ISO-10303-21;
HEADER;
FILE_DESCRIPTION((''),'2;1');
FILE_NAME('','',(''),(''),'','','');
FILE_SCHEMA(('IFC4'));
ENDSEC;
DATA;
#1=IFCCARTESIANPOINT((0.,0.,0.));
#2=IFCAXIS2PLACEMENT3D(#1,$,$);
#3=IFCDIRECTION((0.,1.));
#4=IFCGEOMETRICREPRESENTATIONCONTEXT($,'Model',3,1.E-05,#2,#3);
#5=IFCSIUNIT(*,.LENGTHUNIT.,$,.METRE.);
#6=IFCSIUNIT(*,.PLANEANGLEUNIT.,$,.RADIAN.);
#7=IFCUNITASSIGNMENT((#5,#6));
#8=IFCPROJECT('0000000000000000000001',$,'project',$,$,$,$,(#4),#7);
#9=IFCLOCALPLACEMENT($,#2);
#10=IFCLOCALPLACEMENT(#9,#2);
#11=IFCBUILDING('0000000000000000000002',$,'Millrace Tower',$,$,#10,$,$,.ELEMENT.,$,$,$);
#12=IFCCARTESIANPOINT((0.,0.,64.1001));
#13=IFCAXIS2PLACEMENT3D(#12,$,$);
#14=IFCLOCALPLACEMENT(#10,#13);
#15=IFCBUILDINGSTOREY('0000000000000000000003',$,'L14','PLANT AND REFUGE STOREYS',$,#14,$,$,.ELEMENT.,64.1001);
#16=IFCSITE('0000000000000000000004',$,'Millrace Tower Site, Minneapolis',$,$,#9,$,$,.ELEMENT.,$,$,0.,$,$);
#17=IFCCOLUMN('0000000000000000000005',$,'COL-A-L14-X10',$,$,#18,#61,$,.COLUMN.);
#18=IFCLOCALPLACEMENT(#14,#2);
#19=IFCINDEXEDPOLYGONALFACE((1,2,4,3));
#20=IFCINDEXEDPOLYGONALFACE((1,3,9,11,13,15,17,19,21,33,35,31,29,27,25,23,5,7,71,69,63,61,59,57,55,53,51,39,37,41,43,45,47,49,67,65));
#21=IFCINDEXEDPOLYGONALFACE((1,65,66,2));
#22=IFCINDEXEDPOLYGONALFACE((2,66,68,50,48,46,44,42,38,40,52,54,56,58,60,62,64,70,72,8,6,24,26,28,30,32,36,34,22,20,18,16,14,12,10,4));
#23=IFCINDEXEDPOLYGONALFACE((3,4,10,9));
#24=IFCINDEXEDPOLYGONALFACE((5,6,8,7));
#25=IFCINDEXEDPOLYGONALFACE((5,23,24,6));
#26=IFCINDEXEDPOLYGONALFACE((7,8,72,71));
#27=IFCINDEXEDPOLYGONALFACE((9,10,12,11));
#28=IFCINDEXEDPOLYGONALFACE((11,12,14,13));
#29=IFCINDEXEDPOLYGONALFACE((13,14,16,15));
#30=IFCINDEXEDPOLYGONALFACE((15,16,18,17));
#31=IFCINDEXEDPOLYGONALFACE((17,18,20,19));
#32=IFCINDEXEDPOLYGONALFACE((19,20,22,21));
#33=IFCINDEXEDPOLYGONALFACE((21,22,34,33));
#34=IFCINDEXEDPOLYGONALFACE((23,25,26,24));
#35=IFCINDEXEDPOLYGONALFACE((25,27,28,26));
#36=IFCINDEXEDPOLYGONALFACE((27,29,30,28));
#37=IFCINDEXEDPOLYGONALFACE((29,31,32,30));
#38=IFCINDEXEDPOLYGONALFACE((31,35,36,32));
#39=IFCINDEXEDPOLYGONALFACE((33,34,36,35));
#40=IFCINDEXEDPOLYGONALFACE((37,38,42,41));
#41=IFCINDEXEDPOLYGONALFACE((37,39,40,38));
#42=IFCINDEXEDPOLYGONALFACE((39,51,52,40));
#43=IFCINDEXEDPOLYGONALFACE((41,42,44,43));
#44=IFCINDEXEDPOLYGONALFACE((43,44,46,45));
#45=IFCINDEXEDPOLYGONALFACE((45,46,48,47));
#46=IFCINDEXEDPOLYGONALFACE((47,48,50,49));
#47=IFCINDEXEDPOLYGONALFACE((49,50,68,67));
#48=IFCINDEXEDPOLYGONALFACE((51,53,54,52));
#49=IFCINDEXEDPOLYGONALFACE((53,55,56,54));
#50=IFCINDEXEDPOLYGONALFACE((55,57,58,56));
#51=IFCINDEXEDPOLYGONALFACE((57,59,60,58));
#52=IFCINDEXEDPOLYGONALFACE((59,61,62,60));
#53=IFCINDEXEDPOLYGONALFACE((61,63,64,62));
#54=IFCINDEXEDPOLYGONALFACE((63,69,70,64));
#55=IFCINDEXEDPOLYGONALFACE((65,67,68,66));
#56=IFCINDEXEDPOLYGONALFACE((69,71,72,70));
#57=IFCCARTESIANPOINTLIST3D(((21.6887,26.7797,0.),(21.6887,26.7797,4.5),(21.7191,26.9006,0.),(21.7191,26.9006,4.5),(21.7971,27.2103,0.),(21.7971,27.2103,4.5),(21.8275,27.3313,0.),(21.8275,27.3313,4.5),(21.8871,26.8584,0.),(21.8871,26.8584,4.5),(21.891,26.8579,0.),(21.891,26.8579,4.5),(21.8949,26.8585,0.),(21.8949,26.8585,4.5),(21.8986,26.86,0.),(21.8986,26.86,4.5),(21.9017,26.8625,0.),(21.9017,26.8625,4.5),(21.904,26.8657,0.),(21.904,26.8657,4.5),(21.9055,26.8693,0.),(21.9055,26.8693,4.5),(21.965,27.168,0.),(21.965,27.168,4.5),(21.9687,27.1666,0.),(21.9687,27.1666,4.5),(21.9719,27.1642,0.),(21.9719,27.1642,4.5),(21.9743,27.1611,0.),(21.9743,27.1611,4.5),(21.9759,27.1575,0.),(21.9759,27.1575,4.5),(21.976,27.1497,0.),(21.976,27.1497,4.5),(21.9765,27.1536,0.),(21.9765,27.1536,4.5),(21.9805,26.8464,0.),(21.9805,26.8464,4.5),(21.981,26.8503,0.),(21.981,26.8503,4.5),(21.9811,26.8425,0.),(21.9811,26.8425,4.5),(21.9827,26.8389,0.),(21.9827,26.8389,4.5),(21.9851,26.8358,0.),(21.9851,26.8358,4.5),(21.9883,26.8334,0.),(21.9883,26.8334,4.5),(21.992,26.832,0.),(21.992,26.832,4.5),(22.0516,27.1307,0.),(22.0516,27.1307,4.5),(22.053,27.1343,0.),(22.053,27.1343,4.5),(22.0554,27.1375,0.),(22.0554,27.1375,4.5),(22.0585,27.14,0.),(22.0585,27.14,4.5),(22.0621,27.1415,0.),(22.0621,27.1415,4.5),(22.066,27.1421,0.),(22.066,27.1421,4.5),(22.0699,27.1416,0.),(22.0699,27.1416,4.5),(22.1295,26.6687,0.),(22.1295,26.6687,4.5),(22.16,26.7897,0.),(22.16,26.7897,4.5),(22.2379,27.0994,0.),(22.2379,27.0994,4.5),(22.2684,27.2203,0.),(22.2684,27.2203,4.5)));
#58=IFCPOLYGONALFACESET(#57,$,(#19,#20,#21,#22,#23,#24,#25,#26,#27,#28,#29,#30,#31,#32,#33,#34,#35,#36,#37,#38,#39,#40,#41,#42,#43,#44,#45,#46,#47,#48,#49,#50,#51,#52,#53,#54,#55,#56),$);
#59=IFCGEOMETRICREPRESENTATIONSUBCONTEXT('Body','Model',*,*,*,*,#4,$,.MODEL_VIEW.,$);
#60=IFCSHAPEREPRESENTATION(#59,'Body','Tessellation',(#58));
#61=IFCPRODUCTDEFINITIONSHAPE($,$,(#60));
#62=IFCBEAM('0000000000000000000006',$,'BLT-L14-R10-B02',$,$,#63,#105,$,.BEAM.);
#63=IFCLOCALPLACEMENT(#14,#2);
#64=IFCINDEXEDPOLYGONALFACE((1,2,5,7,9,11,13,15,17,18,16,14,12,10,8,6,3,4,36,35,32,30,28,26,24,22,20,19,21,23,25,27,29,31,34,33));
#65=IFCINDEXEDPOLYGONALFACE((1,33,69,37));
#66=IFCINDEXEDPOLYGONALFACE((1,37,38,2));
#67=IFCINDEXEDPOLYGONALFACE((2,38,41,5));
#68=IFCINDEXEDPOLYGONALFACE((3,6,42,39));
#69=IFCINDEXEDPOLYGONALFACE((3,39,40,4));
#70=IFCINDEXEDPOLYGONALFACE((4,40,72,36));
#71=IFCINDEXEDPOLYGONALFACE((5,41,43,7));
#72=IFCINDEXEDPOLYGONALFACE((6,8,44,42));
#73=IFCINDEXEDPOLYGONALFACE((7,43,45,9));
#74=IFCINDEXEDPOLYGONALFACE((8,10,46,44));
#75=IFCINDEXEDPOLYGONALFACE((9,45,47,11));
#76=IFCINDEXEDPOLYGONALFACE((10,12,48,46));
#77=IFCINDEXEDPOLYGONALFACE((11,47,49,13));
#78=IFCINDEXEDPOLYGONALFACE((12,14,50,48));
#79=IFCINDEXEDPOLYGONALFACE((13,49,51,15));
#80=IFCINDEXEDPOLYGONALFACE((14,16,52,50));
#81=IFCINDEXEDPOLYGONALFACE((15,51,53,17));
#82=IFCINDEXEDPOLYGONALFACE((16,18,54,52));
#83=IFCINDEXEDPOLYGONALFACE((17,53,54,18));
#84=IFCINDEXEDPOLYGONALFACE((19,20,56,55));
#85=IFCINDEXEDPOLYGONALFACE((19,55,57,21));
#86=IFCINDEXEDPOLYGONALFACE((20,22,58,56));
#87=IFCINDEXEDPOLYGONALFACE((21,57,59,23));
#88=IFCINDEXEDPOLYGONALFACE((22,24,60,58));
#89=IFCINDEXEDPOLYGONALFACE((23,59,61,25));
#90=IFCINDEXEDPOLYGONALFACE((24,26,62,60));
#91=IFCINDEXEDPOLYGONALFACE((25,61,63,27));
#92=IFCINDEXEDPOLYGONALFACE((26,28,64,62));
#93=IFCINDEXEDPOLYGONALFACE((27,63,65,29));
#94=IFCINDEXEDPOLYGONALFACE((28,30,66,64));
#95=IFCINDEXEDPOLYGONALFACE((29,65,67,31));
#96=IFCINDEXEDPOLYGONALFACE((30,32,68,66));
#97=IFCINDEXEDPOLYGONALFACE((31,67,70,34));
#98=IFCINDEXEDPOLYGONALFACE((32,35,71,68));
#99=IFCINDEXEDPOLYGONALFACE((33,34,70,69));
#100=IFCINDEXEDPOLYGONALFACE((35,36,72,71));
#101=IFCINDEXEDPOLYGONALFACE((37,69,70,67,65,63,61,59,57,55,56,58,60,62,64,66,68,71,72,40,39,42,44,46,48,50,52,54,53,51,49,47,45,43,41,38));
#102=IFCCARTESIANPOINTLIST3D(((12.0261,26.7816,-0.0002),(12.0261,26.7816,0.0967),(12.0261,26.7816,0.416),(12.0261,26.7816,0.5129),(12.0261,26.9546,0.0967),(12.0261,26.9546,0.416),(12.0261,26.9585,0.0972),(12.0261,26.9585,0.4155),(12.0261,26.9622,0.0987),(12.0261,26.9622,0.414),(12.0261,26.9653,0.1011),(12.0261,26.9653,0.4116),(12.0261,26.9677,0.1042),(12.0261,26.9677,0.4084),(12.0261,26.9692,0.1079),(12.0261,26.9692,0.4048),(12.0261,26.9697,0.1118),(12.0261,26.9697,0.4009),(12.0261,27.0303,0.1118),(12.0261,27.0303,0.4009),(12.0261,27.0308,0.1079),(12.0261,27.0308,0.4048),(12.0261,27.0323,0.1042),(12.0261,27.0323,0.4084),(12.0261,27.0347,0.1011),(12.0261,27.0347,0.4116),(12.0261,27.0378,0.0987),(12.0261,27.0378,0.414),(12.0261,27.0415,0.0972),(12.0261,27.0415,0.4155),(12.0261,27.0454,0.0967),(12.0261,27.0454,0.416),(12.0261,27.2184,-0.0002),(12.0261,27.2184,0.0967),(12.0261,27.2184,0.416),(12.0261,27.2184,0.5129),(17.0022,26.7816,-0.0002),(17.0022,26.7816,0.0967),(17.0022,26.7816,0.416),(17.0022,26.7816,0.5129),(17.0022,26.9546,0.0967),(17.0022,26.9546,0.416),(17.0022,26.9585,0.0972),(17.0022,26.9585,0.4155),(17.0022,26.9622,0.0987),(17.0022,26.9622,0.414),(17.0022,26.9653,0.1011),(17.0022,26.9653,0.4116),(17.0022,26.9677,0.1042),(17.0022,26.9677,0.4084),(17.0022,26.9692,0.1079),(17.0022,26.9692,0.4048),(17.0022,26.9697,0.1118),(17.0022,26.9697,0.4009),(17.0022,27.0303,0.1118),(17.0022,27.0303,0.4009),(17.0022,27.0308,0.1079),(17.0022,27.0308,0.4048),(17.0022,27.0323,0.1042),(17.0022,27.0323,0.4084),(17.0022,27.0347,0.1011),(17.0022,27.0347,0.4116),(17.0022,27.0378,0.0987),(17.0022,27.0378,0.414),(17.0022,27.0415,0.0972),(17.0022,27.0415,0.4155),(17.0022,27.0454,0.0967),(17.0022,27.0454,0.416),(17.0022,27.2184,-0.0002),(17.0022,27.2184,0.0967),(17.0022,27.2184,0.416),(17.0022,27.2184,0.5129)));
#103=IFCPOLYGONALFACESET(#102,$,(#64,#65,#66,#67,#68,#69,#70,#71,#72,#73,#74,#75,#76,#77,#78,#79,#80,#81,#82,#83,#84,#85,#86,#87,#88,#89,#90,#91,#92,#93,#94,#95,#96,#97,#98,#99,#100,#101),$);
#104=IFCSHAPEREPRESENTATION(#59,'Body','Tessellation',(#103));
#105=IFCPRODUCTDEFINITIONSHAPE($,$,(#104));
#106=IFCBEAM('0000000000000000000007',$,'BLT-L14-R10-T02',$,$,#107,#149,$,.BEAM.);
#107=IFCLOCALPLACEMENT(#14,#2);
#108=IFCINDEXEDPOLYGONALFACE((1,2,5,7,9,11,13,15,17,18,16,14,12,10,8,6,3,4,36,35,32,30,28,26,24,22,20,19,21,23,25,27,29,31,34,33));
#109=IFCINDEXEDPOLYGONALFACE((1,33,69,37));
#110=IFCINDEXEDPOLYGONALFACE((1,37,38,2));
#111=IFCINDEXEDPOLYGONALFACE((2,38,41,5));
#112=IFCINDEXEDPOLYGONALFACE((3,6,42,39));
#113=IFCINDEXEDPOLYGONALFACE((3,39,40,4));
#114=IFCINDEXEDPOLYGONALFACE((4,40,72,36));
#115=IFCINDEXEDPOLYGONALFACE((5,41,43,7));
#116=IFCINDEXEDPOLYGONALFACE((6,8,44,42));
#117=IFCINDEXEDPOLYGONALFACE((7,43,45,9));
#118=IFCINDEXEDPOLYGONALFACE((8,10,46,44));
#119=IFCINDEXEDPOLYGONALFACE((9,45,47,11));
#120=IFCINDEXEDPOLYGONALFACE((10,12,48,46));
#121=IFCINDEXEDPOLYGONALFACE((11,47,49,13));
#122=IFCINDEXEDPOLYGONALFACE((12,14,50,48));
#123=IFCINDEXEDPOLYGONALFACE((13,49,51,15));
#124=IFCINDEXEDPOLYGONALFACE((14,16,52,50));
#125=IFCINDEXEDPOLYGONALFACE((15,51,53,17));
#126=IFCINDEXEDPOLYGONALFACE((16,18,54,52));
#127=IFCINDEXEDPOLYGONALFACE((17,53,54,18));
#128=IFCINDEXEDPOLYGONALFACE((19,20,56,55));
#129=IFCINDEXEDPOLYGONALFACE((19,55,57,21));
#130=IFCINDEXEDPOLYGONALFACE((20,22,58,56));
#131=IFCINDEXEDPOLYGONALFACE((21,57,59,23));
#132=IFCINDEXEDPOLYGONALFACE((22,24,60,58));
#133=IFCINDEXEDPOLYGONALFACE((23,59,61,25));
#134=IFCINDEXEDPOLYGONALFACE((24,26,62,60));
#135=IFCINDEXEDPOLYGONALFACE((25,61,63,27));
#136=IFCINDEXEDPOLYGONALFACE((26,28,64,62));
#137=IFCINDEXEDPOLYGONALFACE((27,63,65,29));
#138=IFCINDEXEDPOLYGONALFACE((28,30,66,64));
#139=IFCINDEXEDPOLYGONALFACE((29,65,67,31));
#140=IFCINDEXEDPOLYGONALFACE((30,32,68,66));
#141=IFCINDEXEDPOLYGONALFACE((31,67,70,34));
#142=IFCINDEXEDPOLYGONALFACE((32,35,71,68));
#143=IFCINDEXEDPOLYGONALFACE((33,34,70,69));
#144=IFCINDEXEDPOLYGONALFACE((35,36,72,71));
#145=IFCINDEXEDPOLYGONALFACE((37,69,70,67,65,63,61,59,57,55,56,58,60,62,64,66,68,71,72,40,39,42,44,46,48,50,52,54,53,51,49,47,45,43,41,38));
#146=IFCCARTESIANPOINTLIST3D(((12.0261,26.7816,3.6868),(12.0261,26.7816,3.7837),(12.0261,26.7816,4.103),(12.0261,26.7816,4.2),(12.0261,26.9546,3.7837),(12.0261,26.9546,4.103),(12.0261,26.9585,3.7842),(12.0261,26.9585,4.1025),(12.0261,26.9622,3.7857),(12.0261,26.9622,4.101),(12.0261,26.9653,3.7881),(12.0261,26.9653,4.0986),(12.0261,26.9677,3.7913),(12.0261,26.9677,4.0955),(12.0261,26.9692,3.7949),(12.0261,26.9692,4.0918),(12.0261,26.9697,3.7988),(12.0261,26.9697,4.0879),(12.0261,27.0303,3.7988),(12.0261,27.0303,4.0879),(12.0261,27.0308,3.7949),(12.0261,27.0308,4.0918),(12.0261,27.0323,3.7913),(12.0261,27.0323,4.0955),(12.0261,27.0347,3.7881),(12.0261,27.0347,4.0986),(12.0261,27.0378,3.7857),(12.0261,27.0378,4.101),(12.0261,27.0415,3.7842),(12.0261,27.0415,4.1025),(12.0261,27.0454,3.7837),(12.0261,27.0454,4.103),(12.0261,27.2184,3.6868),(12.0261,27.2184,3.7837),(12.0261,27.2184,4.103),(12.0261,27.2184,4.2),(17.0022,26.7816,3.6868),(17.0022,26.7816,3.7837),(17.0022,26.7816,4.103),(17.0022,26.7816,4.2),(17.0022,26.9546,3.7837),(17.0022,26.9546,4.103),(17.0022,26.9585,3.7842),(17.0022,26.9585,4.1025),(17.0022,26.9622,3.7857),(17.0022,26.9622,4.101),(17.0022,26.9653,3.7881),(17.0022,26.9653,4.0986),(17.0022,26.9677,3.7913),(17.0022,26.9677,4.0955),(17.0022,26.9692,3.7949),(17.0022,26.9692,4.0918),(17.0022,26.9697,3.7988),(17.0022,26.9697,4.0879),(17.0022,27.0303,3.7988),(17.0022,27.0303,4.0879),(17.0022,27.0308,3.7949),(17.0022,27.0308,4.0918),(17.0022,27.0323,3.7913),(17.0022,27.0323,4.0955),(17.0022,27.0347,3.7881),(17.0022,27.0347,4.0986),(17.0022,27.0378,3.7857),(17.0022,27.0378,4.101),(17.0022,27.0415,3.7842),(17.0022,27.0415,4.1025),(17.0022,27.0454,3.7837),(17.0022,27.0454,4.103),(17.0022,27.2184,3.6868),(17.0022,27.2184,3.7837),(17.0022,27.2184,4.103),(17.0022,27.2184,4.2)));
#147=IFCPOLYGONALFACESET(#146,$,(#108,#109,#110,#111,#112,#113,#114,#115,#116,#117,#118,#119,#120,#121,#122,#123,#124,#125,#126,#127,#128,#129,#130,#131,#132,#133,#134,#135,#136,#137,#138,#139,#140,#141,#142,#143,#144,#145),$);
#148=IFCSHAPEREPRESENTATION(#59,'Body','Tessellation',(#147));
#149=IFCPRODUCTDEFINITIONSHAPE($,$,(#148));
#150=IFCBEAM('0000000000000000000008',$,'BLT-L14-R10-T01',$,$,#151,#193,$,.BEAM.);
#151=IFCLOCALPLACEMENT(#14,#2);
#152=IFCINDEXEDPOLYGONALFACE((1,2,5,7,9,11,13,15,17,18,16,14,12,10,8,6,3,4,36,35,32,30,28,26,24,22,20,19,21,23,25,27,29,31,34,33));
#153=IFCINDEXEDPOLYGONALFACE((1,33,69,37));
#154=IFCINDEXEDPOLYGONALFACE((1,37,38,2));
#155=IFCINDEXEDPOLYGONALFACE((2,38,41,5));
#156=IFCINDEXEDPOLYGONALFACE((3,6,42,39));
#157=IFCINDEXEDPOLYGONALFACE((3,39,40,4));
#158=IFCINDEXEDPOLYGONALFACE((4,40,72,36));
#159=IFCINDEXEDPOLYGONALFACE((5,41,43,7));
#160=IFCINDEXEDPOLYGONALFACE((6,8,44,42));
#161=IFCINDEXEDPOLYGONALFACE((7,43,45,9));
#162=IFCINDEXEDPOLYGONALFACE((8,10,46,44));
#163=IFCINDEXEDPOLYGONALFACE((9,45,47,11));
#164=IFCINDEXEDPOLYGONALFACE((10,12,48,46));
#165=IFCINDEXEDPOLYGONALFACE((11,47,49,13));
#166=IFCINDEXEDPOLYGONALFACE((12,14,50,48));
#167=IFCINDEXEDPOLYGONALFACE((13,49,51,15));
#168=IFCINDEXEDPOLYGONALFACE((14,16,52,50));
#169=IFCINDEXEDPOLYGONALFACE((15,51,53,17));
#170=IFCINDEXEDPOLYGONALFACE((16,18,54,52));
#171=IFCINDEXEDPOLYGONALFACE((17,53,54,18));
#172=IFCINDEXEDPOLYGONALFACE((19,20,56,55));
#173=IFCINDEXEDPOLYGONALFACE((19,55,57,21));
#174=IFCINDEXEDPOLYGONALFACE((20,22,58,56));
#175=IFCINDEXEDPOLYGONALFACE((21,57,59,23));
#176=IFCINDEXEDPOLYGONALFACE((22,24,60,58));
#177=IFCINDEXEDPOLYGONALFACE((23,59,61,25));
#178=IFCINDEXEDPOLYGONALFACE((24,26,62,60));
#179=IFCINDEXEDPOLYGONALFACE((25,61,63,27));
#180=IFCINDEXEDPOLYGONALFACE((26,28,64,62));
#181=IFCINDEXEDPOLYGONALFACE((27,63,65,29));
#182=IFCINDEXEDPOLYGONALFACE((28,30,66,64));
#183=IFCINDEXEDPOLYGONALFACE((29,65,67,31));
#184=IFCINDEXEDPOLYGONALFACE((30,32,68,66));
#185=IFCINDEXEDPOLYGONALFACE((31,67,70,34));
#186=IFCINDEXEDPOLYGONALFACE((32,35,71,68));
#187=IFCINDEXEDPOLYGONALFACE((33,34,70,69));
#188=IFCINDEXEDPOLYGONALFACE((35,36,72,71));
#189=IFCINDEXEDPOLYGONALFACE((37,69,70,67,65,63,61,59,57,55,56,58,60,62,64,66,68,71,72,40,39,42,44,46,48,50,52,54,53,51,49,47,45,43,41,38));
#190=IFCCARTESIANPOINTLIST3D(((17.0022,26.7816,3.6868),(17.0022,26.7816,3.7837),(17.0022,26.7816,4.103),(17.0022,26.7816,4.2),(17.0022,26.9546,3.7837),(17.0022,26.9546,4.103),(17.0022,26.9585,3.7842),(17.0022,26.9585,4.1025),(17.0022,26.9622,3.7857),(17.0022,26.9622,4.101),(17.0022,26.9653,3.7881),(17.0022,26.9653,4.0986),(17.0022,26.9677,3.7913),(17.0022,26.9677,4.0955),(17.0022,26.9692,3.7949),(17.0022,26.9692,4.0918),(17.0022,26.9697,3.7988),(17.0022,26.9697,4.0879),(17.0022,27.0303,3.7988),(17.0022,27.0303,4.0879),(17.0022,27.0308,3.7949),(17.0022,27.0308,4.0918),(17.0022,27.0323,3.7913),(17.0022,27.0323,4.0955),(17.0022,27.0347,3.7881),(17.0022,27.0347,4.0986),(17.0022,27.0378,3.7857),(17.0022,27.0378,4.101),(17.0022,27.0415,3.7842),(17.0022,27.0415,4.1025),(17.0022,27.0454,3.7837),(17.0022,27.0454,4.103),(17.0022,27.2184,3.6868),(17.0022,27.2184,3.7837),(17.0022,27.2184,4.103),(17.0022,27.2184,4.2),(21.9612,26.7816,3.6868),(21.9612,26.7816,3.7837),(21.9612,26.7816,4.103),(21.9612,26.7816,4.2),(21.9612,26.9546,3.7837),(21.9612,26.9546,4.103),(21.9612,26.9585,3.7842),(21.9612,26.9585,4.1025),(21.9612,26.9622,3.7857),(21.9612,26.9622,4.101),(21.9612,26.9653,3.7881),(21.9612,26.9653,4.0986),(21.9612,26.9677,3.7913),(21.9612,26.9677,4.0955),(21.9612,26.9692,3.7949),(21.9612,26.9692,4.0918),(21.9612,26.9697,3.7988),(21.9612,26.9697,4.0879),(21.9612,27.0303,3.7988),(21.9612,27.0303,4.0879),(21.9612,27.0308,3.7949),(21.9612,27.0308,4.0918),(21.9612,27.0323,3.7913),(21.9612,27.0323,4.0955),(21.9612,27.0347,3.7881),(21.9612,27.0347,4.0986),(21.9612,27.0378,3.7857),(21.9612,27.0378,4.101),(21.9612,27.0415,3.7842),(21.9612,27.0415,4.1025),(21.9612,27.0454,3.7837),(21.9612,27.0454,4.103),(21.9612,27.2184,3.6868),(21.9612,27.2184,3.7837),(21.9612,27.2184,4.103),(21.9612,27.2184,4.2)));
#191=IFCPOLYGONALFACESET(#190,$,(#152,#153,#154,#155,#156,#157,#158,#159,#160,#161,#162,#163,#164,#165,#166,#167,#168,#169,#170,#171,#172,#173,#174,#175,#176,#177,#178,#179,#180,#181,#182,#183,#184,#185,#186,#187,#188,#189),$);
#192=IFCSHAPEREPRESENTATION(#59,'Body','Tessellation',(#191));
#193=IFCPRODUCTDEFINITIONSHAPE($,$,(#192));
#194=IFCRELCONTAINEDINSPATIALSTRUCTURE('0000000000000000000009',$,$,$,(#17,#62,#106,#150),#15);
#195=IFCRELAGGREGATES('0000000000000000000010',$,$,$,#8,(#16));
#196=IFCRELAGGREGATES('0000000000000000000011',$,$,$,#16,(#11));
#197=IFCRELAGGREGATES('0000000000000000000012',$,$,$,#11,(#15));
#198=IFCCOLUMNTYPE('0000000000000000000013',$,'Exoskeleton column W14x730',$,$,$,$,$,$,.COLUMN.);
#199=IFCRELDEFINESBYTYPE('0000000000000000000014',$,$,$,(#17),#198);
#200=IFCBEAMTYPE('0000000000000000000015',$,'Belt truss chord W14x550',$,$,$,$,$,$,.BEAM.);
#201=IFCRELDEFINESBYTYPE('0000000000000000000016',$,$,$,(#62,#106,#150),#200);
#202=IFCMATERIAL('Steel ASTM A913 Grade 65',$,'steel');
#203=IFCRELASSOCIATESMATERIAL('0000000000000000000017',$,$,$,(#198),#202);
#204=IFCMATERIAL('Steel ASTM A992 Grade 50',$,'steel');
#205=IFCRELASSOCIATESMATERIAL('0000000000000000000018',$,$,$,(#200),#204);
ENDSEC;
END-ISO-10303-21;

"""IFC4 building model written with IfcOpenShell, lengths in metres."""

from ifc_helpers import new_model, si_unit, direction, frame, origin, origin_2d, place, context, subcontext, project, spatial, i_section, extrude, material, material_profile, profile_set, type_object, element, save


model = new_model("IFC4")

# Units and contexts
model_context = context("Model", 3, precision=1e-05, world=origin(), true_north=direction((0.0, 1.0)))
body_context = subcontext(model_context, "Body", "Model", "MODEL_VIEW")
ifc_project = project(units=[si_unit("LENGTHUNIT", "METRE"), si_unit("PLANEANGLEUNIT", "RADIAN")], contexts=[model_context])

# Site, building, storey
site_placement = place(None, origin())
site = spatial("IfcSite", under=ifc_project, at=site_placement, Name="Millrace Tower Site, Minneapolis", CompositionType="ELEMENT", RefElevation=0.0)
building_placement = place(site_placement, origin())
building = spatial("IfcBuilding", under=site, at=building_placement, Name="Millrace Tower", CompositionType="ELEMENT")
storey_placement = place(building_placement, frame((0.0, 0.0, 64.1001)))
storey = spatial("IfcBuildingStorey", under=building, at=storey_placement, Name="L14", Description="PLANT AND REFUGE STOREYS", CompositionType="ELEMENT", Elevation=64.1001)

# Column
ifc_material_1 = material(Name="Steel ASTM A913 Grade 65", Category="steel")
ifc_material_profile_1 = material_profile(ifc_material_1, i_section(OverallWidth=0.4546, OverallDepth=0.5688, WebThickness=0.0779, FlangeThickness=0.1248, FilletRadius=0.0151, at=origin_2d()))
ifc_profile_set_1 = profile_set([ifc_material_profile_1], Name="Steel ASTM A913 Grade 65")
column_type = type_object("IfcColumnType", Name="Exoskeleton column W14x730", PredefinedType="COLUMN", material=ifc_profile_set_1)
column_placement = place(storey_placement, frame((21.9785, 27.0, 0.0), z_axis=(0.0, 0.0, 1.0), x_axis=(-0.969752, 0.244094, 0.0)))
element("IfcColumn", 1, at=column_placement, inside=storey, type_object=column_type, Name="COL-A-L14-X10", PredefinedType="COLUMN", context=body_context, shape_type="SweptSolid", body=[
    extrude(i_section(OverallWidth=0.4546, OverallDepth=0.5688, WebThickness=0.0779, FlangeThickness=0.1248, FilletRadius=0.0151, at=origin_2d()), origin(), (0.0, 0.0, 1.0), 4.5),
])

# Beams
ifc_material_2 = material(Name="Steel ASTM A992 Grade 50", Category="steel")
ifc_material_profile_2 = material_profile(ifc_material_2, i_section(OverallWidth=0.4368, OverallDepth=0.5132, WebThickness=0.0605, FlangeThickness=0.0969, FilletRadius=0.0151, at=origin_2d()))
ifc_profile_set_2 = profile_set([ifc_material_profile_2], Name="Steel ASTM A992 Grade 50")
beam_type_1 = type_object("IfcBeamType", Name="Belt truss chord W14x550", PredefinedType="BEAM", material=ifc_profile_set_2)
for number, where, z_axis, x_axis, name in (
    (2, (17.0022, 27.0, 0.2563), (-1.0, 0.0, 0.0), (0.0, -1.0, 0.0), "BLT-L14-R10-B02"),
    (3, (17.0022, 27.0, 3.9434), (-1.0, 0.0, 0.0), (0.0, -1.0, 0.0), "BLT-L14-R10-T02"),
):
    element("IfcBeam", number, at=place(storey_placement, frame(where, z_axis=z_axis, x_axis=x_axis)), inside=storey, type_object=beam_type_1, Name=name, PredefinedType="BEAM", context=body_context, shape_type="SweptSolid", body=[
        extrude(i_section(OverallWidth=0.4368, OverallDepth=0.5132, WebThickness=0.0605, FlangeThickness=0.0969, FilletRadius=0.0151, at=origin_2d()), origin(), (0.0, 0.0, 1.0), 4.9761),
    ])
beam_1_placement = place(storey_placement, frame((21.9612, 27.0, 3.9434), z_axis=(-1.0, 0.0, 0.0), x_axis=(0.0, -1.0, 0.0)))
element("IfcBeam", 4, at=beam_1_placement, inside=storey, type_object=beam_type_1, Name="BLT-L14-R10-T01", PredefinedType="BEAM", context=body_context, shape_type="SweptSolid", body=[
    extrude(i_section(OverallWidth=0.4368, OverallDepth=0.5132, WebThickness=0.0605, FlangeThickness=0.0969, FilletRadius=0.0151, at=origin_2d()), origin(), (0.0, 0.0, 1.0), 4.959),
])

save(model, "model.ifc")
